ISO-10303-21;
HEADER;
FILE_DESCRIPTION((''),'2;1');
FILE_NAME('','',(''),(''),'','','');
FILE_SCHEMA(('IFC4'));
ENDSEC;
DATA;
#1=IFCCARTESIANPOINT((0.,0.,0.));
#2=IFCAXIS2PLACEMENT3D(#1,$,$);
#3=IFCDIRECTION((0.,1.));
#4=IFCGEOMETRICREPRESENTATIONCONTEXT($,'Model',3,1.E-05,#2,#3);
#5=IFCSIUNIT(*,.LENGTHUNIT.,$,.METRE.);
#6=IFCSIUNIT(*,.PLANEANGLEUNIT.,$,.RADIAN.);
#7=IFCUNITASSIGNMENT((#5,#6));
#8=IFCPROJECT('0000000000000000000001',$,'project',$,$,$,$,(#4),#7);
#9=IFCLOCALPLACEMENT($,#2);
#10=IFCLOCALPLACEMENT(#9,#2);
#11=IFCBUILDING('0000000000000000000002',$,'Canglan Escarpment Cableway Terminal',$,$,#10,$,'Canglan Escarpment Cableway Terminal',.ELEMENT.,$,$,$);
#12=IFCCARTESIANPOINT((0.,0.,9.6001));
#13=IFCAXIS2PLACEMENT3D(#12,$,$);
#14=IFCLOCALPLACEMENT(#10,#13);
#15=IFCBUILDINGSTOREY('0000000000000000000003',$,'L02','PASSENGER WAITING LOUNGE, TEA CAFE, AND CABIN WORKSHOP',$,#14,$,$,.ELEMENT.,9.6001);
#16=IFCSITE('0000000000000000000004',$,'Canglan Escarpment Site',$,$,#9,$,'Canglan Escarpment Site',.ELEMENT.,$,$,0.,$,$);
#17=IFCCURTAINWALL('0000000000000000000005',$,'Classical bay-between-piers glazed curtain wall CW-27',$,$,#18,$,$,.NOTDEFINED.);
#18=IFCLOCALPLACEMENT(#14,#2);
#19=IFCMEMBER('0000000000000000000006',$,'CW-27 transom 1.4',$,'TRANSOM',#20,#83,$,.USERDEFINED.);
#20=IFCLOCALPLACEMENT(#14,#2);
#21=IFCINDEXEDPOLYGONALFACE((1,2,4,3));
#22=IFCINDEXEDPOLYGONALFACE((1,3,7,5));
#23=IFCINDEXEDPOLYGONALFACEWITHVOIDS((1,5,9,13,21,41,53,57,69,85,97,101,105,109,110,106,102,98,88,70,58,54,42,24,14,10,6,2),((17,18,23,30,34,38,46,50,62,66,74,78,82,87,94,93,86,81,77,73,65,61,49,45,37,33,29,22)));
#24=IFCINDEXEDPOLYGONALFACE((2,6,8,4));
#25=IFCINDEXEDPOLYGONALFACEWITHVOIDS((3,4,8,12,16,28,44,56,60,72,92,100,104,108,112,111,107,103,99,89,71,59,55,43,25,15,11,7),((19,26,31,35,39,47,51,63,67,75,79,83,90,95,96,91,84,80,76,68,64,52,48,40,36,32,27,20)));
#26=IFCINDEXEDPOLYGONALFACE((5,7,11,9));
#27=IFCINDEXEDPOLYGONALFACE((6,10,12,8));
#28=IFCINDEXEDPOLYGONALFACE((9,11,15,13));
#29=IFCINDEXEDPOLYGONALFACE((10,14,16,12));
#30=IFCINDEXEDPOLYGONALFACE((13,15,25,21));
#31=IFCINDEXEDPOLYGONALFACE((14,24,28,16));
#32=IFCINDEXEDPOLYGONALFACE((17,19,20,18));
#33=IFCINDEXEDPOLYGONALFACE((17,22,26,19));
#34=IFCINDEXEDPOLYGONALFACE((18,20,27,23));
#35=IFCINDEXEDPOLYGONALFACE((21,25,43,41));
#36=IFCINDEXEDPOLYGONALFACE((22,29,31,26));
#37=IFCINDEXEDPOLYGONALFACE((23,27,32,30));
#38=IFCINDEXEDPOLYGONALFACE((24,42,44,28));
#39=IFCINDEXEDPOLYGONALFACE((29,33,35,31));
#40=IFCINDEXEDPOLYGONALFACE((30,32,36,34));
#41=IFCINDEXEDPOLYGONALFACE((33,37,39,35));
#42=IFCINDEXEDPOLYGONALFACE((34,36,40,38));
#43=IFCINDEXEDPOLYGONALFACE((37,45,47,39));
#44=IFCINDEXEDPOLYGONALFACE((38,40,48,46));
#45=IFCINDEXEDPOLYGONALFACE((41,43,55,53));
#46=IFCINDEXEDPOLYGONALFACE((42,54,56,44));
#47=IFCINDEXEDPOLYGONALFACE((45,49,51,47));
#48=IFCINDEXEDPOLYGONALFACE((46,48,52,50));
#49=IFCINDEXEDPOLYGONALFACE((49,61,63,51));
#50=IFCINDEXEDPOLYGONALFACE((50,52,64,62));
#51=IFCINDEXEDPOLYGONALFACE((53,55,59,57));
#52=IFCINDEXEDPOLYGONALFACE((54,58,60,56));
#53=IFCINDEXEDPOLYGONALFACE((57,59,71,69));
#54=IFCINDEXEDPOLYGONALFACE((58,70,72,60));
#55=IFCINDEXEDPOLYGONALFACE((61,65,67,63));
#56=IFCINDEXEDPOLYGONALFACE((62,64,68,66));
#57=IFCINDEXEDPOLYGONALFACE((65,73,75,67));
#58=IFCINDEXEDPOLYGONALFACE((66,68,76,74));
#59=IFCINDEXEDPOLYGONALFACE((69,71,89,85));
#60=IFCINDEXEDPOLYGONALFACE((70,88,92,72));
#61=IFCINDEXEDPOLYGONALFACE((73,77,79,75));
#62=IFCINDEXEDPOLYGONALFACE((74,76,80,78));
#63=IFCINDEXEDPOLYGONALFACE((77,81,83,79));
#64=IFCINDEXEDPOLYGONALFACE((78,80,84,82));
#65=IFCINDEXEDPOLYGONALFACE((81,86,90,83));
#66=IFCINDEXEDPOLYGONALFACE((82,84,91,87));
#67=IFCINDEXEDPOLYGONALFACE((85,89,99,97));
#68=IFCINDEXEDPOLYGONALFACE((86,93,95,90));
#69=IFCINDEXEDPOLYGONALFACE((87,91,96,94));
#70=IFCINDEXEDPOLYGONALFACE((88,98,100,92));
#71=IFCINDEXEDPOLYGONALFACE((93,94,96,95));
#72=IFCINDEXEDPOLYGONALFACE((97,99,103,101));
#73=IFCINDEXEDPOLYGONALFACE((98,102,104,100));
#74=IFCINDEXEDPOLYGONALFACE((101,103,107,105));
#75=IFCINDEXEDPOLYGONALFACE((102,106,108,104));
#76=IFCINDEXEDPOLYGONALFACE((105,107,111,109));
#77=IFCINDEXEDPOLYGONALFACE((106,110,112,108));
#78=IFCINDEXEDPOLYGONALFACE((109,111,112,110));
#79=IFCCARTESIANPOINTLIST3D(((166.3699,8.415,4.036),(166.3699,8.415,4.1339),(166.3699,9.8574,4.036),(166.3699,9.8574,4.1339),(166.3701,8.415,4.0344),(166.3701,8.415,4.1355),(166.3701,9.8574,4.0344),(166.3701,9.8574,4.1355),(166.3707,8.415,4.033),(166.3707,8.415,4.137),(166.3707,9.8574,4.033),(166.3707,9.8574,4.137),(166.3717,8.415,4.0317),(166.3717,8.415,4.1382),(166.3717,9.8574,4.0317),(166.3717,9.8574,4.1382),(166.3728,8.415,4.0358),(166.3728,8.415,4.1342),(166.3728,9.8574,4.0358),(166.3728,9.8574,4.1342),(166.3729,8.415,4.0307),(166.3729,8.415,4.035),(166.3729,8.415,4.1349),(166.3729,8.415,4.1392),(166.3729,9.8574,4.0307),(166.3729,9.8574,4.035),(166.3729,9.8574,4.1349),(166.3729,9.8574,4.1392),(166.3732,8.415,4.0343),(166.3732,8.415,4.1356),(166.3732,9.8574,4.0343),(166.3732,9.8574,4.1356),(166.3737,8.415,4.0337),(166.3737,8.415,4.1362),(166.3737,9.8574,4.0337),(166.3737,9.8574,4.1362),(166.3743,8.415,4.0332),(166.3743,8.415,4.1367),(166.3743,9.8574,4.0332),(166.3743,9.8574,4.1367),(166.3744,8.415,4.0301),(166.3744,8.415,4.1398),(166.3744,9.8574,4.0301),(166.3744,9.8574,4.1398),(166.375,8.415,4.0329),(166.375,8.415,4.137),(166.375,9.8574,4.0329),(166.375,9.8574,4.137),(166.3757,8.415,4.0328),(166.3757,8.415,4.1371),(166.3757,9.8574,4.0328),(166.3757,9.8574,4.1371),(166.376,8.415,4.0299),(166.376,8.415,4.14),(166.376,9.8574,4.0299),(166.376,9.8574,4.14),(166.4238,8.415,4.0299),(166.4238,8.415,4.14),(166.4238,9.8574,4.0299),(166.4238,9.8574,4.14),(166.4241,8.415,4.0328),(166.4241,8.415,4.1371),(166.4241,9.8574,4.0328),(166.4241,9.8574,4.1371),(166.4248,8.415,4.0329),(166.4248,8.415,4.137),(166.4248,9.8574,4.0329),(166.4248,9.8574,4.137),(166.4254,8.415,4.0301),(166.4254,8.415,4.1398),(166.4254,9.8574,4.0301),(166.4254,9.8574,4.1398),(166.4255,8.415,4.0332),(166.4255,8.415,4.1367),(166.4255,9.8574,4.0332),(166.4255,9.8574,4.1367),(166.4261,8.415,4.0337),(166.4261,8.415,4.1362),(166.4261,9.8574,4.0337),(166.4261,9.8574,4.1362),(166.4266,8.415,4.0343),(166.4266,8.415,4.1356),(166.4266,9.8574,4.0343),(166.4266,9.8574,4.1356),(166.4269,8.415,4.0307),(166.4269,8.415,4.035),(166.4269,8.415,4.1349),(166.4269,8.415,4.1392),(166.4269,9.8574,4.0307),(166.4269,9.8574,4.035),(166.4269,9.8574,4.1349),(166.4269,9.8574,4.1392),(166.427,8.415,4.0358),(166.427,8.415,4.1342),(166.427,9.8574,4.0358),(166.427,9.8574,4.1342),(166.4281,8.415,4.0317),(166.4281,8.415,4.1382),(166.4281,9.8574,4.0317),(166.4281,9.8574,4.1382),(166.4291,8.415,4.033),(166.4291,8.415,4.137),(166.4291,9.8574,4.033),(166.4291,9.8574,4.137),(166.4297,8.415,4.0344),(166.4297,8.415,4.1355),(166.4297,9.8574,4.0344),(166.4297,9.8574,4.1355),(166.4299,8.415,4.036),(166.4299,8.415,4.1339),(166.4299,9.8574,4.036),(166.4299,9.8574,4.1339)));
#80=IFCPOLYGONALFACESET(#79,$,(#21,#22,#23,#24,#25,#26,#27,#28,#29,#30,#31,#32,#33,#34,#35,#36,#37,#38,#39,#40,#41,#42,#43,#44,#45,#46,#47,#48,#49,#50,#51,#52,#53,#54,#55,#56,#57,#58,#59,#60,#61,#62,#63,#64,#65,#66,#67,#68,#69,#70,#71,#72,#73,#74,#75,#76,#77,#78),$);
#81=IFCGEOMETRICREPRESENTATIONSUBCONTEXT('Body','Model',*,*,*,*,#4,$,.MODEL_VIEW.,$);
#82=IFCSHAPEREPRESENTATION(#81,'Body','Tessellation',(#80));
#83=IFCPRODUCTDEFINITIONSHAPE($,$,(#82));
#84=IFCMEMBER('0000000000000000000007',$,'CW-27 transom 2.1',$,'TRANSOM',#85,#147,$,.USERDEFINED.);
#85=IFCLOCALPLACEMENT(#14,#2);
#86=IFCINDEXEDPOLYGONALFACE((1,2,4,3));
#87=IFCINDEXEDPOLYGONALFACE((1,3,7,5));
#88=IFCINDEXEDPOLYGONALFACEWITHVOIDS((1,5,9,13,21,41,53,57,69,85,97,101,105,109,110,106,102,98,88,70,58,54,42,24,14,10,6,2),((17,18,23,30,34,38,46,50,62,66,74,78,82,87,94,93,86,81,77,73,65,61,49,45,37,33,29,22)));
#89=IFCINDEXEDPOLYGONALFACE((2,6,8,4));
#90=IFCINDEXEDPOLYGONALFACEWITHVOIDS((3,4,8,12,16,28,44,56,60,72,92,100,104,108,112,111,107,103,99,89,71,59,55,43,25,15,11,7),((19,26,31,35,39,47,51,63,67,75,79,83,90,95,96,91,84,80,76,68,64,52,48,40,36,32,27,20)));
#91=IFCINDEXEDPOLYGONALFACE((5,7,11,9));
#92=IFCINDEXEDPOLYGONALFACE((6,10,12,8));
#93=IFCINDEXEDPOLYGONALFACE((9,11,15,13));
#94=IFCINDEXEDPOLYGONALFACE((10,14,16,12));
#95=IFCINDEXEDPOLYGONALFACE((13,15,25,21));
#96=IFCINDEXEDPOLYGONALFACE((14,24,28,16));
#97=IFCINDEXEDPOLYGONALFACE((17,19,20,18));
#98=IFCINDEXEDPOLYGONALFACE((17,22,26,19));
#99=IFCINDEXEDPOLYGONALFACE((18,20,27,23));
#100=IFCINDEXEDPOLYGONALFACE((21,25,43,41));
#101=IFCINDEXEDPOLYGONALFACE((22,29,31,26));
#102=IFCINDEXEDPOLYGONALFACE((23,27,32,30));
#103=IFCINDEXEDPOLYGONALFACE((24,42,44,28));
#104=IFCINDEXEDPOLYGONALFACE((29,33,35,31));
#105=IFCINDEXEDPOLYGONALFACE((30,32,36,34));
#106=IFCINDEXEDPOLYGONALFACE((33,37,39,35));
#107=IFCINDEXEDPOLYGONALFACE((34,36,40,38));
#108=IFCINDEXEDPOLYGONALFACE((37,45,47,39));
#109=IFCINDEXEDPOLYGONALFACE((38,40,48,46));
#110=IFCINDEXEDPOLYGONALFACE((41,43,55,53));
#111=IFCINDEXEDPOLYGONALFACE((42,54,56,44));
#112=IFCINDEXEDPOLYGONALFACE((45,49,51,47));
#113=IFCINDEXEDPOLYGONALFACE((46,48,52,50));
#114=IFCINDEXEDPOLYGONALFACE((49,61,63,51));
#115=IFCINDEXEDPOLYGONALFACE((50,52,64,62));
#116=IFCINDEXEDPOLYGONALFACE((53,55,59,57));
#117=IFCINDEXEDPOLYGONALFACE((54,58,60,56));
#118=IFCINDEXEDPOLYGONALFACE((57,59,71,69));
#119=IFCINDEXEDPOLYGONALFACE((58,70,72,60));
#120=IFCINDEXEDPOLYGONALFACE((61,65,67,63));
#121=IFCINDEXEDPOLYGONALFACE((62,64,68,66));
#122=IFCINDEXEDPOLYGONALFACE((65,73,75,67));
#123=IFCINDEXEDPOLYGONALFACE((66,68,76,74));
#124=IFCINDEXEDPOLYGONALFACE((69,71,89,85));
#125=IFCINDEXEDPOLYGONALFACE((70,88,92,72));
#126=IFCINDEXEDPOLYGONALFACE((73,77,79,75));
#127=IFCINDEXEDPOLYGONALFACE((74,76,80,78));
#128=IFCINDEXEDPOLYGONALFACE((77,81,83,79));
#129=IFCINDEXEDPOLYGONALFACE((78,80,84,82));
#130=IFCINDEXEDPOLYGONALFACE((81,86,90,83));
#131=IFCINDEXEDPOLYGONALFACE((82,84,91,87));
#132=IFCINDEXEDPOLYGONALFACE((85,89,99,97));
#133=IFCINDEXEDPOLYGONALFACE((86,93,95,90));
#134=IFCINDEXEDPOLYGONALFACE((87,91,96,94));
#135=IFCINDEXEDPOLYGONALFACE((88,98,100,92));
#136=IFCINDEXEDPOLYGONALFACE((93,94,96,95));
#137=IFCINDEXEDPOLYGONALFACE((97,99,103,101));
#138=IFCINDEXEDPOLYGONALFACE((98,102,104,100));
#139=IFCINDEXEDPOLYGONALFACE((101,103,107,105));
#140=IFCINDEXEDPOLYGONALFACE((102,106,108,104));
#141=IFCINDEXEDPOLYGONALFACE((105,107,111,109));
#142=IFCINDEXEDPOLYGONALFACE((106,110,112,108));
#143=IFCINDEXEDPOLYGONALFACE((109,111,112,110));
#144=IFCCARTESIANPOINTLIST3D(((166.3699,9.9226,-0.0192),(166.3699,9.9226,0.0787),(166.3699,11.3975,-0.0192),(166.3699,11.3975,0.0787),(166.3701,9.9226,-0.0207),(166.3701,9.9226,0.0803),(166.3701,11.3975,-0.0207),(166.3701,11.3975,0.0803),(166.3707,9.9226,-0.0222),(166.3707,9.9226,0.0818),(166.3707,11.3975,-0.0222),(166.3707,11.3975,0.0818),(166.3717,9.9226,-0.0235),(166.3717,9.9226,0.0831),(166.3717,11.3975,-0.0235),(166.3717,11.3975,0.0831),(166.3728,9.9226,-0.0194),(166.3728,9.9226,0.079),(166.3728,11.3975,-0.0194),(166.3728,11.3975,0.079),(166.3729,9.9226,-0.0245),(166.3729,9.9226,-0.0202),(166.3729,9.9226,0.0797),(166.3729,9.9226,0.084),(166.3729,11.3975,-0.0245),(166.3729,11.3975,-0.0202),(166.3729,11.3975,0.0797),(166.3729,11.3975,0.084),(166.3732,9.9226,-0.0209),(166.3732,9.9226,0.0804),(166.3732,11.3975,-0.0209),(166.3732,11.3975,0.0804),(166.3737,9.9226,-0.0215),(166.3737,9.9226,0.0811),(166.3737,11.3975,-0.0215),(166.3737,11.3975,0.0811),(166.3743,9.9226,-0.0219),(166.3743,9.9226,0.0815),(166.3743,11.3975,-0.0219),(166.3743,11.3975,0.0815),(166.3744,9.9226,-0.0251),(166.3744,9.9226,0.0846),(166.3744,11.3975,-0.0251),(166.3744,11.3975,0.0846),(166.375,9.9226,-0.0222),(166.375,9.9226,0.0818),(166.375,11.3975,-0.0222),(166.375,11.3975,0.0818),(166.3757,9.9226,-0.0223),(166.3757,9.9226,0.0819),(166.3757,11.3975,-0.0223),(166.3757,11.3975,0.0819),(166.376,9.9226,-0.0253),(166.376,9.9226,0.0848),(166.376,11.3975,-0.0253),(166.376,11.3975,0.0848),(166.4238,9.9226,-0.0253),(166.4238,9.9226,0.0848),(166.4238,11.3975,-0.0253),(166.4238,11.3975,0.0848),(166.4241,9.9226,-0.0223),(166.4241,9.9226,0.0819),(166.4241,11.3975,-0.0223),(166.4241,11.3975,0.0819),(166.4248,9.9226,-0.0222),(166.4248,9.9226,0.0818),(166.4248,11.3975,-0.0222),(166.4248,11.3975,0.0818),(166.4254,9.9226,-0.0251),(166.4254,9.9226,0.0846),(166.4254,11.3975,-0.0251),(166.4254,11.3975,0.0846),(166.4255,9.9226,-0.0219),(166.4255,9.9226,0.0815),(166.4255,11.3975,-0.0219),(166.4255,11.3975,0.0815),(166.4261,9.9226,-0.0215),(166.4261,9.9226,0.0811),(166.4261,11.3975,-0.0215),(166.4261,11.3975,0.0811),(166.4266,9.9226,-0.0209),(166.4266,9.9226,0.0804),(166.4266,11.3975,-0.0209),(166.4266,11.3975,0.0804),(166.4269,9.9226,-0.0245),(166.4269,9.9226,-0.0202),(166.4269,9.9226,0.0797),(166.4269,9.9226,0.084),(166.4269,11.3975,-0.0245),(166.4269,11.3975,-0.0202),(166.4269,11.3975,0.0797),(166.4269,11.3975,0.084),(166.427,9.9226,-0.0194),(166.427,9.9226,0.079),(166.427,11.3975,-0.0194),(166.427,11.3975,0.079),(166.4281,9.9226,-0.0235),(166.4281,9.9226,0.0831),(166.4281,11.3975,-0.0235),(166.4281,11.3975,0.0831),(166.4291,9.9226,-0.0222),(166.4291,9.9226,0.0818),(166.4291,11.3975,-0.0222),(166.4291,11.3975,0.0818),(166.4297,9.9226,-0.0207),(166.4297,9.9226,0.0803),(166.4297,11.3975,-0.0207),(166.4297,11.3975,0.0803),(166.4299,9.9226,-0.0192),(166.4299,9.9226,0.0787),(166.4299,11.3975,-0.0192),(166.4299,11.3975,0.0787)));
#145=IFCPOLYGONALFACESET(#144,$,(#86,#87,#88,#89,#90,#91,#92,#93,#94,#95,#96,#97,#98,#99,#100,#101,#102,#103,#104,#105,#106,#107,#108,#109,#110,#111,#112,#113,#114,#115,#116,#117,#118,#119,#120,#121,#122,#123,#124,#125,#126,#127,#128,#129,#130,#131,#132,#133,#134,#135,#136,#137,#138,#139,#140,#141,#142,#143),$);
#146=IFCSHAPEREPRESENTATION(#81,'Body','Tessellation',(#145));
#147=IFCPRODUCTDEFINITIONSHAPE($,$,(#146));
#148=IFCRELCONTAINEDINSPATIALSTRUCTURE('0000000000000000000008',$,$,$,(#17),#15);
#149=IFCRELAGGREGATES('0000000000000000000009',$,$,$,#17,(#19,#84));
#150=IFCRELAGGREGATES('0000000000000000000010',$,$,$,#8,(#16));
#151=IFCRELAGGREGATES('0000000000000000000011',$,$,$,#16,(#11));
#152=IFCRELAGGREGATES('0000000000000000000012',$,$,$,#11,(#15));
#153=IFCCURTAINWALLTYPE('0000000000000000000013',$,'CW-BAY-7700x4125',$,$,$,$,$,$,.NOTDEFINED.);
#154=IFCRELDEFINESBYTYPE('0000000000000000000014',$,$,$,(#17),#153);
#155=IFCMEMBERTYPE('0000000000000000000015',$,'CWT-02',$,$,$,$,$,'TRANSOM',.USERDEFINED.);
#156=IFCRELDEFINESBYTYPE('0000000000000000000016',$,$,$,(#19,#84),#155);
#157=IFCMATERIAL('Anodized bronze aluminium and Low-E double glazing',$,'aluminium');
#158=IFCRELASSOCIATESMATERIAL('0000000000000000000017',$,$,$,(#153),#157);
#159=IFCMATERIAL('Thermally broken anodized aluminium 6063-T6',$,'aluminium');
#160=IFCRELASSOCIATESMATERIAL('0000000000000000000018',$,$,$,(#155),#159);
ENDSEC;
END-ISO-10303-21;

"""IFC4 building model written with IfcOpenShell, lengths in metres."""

from ifc_helpers import new_model, si_unit, direction, frame, origin, origin_2d, place, context, subcontext, project, spatial, hollow_rectangle, extrude, material, material_profile, profile_set, type_object, element, aggregate, save


model = new_model("IFC4")

# Units and contexts
model_context = context("Model", 3, precision=1e-05, world=origin(), true_north=direction((0.0, 1.0)))
body_context = subcontext(model_context, "Body", "Model", "MODEL_VIEW")
ifc_project = project(units=[si_unit("LENGTHUNIT", "METRE"), si_unit("PLANEANGLEUNIT", "RADIAN")], contexts=[model_context])

# Site, building, storey
site_placement = place(None, origin())
site = spatial("IfcSite", under=ifc_project, at=site_placement, Name="Canglan Escarpment Site", LongName="Canglan Escarpment Site", CompositionType="ELEMENT", RefElevation=0.0)
building_placement = place(site_placement, origin())
building = spatial("IfcBuilding", under=site, at=building_placement, Name="Canglan Escarpment Cableway Terminal", LongName="Canglan Escarpment Cableway Terminal", CompositionType="ELEMENT")
storey_placement = place(building_placement, frame((0.0, 0.0, 9.6001)))
storey = spatial("IfcBuildingStorey", under=building, at=storey_placement, Name="L02", Description="PASSENGER WAITING LOUNGE, TEA CAFE, AND CABIN WORKSHOP", CompositionType="ELEMENT", Elevation=9.6001)

# Curtain wall
ifc_material_1 = material(Name="Anodized bronze aluminium and Low-E double glazing", Category="aluminium")
curtain_wall_type_1 = type_object("IfcCurtainWallType", Name="CW-BAY-7700x4125", PredefinedType="NOTDEFINED", material=ifc_material_1)
curtain_wall_1_placement = place(storey_placement, origin())
curtain_wall_1 = element("IfcCurtainWall", 1, at=curtain_wall_1_placement, inside=storey, type_object=curtain_wall_type_1, Name="Classical bay-between-piers glazed curtain wall CW-27", PredefinedType="NOTDEFINED")
ifc_material_2 = material(Name="Thermally broken anodized aluminium 6063-T6", Category="aluminium")

# Members
ifc_material_profile_1 = material_profile(ifc_material_2, hollow_rectangle(XDim=0.0601, YDim=0.1101, WallThickness=0.0029, InnerFilletRadius=0.0029, OuterFilletRadius=0.0061, at=origin_2d()), Name="ALU-TRAN 60x110x3")
ifc_profile_set_1 = profile_set([ifc_material_profile_1], Name="Thermally broken anodized aluminium 6063-T6")
member_type_1 = type_object("IfcMemberType", Name="CWT-02", ElementType="TRANSOM", PredefinedType="USERDEFINED", material=ifc_profile_set_1)
member_1_placement = place(storey_placement, frame((166.3999, 8.415, 4.085), z_axis=(0.0, 1.0, 0.0), x_axis=(-1.0, 0.0, 0.0)))
member_1 = element("IfcMember", 2, at=member_1_placement, type_object=member_type_1, Name="CW-27 transom 1.4", ObjectType="TRANSOM", PredefinedType="USERDEFINED", context=body_context, shape_type="SweptSolid", body=[
    extrude(hollow_rectangle(XDim=0.0601, YDim=0.1101, WallThickness=0.0029, InnerFilletRadius=0.0029, OuterFilletRadius=0.0061, at=origin_2d()), origin(), (0.0, 0.0, 1.0), 1.4424),
])
member_2_placement = place(storey_placement, frame((166.3999, 9.9226, 0.0298), z_axis=(0.0, 1.0, 0.0), x_axis=(-1.0, 0.0, 0.0)))
member_2 = element("IfcMember", 3, at=member_2_placement, type_object=member_type_1, Name="CW-27 transom 2.1", ObjectType="TRANSOM", PredefinedType="USERDEFINED", context=body_context, shape_type="SweptSolid", body=[
    extrude(hollow_rectangle(XDim=0.0601, YDim=0.1101, WallThickness=0.0029, InnerFilletRadius=0.0029, OuterFilletRadius=0.0061, at=origin_2d()), origin(), (0.0, 0.0, 1.0), 1.4749),
])

aggregate(curtain_wall_1, [member_1, member_2])

save(model, "model.ifc")
